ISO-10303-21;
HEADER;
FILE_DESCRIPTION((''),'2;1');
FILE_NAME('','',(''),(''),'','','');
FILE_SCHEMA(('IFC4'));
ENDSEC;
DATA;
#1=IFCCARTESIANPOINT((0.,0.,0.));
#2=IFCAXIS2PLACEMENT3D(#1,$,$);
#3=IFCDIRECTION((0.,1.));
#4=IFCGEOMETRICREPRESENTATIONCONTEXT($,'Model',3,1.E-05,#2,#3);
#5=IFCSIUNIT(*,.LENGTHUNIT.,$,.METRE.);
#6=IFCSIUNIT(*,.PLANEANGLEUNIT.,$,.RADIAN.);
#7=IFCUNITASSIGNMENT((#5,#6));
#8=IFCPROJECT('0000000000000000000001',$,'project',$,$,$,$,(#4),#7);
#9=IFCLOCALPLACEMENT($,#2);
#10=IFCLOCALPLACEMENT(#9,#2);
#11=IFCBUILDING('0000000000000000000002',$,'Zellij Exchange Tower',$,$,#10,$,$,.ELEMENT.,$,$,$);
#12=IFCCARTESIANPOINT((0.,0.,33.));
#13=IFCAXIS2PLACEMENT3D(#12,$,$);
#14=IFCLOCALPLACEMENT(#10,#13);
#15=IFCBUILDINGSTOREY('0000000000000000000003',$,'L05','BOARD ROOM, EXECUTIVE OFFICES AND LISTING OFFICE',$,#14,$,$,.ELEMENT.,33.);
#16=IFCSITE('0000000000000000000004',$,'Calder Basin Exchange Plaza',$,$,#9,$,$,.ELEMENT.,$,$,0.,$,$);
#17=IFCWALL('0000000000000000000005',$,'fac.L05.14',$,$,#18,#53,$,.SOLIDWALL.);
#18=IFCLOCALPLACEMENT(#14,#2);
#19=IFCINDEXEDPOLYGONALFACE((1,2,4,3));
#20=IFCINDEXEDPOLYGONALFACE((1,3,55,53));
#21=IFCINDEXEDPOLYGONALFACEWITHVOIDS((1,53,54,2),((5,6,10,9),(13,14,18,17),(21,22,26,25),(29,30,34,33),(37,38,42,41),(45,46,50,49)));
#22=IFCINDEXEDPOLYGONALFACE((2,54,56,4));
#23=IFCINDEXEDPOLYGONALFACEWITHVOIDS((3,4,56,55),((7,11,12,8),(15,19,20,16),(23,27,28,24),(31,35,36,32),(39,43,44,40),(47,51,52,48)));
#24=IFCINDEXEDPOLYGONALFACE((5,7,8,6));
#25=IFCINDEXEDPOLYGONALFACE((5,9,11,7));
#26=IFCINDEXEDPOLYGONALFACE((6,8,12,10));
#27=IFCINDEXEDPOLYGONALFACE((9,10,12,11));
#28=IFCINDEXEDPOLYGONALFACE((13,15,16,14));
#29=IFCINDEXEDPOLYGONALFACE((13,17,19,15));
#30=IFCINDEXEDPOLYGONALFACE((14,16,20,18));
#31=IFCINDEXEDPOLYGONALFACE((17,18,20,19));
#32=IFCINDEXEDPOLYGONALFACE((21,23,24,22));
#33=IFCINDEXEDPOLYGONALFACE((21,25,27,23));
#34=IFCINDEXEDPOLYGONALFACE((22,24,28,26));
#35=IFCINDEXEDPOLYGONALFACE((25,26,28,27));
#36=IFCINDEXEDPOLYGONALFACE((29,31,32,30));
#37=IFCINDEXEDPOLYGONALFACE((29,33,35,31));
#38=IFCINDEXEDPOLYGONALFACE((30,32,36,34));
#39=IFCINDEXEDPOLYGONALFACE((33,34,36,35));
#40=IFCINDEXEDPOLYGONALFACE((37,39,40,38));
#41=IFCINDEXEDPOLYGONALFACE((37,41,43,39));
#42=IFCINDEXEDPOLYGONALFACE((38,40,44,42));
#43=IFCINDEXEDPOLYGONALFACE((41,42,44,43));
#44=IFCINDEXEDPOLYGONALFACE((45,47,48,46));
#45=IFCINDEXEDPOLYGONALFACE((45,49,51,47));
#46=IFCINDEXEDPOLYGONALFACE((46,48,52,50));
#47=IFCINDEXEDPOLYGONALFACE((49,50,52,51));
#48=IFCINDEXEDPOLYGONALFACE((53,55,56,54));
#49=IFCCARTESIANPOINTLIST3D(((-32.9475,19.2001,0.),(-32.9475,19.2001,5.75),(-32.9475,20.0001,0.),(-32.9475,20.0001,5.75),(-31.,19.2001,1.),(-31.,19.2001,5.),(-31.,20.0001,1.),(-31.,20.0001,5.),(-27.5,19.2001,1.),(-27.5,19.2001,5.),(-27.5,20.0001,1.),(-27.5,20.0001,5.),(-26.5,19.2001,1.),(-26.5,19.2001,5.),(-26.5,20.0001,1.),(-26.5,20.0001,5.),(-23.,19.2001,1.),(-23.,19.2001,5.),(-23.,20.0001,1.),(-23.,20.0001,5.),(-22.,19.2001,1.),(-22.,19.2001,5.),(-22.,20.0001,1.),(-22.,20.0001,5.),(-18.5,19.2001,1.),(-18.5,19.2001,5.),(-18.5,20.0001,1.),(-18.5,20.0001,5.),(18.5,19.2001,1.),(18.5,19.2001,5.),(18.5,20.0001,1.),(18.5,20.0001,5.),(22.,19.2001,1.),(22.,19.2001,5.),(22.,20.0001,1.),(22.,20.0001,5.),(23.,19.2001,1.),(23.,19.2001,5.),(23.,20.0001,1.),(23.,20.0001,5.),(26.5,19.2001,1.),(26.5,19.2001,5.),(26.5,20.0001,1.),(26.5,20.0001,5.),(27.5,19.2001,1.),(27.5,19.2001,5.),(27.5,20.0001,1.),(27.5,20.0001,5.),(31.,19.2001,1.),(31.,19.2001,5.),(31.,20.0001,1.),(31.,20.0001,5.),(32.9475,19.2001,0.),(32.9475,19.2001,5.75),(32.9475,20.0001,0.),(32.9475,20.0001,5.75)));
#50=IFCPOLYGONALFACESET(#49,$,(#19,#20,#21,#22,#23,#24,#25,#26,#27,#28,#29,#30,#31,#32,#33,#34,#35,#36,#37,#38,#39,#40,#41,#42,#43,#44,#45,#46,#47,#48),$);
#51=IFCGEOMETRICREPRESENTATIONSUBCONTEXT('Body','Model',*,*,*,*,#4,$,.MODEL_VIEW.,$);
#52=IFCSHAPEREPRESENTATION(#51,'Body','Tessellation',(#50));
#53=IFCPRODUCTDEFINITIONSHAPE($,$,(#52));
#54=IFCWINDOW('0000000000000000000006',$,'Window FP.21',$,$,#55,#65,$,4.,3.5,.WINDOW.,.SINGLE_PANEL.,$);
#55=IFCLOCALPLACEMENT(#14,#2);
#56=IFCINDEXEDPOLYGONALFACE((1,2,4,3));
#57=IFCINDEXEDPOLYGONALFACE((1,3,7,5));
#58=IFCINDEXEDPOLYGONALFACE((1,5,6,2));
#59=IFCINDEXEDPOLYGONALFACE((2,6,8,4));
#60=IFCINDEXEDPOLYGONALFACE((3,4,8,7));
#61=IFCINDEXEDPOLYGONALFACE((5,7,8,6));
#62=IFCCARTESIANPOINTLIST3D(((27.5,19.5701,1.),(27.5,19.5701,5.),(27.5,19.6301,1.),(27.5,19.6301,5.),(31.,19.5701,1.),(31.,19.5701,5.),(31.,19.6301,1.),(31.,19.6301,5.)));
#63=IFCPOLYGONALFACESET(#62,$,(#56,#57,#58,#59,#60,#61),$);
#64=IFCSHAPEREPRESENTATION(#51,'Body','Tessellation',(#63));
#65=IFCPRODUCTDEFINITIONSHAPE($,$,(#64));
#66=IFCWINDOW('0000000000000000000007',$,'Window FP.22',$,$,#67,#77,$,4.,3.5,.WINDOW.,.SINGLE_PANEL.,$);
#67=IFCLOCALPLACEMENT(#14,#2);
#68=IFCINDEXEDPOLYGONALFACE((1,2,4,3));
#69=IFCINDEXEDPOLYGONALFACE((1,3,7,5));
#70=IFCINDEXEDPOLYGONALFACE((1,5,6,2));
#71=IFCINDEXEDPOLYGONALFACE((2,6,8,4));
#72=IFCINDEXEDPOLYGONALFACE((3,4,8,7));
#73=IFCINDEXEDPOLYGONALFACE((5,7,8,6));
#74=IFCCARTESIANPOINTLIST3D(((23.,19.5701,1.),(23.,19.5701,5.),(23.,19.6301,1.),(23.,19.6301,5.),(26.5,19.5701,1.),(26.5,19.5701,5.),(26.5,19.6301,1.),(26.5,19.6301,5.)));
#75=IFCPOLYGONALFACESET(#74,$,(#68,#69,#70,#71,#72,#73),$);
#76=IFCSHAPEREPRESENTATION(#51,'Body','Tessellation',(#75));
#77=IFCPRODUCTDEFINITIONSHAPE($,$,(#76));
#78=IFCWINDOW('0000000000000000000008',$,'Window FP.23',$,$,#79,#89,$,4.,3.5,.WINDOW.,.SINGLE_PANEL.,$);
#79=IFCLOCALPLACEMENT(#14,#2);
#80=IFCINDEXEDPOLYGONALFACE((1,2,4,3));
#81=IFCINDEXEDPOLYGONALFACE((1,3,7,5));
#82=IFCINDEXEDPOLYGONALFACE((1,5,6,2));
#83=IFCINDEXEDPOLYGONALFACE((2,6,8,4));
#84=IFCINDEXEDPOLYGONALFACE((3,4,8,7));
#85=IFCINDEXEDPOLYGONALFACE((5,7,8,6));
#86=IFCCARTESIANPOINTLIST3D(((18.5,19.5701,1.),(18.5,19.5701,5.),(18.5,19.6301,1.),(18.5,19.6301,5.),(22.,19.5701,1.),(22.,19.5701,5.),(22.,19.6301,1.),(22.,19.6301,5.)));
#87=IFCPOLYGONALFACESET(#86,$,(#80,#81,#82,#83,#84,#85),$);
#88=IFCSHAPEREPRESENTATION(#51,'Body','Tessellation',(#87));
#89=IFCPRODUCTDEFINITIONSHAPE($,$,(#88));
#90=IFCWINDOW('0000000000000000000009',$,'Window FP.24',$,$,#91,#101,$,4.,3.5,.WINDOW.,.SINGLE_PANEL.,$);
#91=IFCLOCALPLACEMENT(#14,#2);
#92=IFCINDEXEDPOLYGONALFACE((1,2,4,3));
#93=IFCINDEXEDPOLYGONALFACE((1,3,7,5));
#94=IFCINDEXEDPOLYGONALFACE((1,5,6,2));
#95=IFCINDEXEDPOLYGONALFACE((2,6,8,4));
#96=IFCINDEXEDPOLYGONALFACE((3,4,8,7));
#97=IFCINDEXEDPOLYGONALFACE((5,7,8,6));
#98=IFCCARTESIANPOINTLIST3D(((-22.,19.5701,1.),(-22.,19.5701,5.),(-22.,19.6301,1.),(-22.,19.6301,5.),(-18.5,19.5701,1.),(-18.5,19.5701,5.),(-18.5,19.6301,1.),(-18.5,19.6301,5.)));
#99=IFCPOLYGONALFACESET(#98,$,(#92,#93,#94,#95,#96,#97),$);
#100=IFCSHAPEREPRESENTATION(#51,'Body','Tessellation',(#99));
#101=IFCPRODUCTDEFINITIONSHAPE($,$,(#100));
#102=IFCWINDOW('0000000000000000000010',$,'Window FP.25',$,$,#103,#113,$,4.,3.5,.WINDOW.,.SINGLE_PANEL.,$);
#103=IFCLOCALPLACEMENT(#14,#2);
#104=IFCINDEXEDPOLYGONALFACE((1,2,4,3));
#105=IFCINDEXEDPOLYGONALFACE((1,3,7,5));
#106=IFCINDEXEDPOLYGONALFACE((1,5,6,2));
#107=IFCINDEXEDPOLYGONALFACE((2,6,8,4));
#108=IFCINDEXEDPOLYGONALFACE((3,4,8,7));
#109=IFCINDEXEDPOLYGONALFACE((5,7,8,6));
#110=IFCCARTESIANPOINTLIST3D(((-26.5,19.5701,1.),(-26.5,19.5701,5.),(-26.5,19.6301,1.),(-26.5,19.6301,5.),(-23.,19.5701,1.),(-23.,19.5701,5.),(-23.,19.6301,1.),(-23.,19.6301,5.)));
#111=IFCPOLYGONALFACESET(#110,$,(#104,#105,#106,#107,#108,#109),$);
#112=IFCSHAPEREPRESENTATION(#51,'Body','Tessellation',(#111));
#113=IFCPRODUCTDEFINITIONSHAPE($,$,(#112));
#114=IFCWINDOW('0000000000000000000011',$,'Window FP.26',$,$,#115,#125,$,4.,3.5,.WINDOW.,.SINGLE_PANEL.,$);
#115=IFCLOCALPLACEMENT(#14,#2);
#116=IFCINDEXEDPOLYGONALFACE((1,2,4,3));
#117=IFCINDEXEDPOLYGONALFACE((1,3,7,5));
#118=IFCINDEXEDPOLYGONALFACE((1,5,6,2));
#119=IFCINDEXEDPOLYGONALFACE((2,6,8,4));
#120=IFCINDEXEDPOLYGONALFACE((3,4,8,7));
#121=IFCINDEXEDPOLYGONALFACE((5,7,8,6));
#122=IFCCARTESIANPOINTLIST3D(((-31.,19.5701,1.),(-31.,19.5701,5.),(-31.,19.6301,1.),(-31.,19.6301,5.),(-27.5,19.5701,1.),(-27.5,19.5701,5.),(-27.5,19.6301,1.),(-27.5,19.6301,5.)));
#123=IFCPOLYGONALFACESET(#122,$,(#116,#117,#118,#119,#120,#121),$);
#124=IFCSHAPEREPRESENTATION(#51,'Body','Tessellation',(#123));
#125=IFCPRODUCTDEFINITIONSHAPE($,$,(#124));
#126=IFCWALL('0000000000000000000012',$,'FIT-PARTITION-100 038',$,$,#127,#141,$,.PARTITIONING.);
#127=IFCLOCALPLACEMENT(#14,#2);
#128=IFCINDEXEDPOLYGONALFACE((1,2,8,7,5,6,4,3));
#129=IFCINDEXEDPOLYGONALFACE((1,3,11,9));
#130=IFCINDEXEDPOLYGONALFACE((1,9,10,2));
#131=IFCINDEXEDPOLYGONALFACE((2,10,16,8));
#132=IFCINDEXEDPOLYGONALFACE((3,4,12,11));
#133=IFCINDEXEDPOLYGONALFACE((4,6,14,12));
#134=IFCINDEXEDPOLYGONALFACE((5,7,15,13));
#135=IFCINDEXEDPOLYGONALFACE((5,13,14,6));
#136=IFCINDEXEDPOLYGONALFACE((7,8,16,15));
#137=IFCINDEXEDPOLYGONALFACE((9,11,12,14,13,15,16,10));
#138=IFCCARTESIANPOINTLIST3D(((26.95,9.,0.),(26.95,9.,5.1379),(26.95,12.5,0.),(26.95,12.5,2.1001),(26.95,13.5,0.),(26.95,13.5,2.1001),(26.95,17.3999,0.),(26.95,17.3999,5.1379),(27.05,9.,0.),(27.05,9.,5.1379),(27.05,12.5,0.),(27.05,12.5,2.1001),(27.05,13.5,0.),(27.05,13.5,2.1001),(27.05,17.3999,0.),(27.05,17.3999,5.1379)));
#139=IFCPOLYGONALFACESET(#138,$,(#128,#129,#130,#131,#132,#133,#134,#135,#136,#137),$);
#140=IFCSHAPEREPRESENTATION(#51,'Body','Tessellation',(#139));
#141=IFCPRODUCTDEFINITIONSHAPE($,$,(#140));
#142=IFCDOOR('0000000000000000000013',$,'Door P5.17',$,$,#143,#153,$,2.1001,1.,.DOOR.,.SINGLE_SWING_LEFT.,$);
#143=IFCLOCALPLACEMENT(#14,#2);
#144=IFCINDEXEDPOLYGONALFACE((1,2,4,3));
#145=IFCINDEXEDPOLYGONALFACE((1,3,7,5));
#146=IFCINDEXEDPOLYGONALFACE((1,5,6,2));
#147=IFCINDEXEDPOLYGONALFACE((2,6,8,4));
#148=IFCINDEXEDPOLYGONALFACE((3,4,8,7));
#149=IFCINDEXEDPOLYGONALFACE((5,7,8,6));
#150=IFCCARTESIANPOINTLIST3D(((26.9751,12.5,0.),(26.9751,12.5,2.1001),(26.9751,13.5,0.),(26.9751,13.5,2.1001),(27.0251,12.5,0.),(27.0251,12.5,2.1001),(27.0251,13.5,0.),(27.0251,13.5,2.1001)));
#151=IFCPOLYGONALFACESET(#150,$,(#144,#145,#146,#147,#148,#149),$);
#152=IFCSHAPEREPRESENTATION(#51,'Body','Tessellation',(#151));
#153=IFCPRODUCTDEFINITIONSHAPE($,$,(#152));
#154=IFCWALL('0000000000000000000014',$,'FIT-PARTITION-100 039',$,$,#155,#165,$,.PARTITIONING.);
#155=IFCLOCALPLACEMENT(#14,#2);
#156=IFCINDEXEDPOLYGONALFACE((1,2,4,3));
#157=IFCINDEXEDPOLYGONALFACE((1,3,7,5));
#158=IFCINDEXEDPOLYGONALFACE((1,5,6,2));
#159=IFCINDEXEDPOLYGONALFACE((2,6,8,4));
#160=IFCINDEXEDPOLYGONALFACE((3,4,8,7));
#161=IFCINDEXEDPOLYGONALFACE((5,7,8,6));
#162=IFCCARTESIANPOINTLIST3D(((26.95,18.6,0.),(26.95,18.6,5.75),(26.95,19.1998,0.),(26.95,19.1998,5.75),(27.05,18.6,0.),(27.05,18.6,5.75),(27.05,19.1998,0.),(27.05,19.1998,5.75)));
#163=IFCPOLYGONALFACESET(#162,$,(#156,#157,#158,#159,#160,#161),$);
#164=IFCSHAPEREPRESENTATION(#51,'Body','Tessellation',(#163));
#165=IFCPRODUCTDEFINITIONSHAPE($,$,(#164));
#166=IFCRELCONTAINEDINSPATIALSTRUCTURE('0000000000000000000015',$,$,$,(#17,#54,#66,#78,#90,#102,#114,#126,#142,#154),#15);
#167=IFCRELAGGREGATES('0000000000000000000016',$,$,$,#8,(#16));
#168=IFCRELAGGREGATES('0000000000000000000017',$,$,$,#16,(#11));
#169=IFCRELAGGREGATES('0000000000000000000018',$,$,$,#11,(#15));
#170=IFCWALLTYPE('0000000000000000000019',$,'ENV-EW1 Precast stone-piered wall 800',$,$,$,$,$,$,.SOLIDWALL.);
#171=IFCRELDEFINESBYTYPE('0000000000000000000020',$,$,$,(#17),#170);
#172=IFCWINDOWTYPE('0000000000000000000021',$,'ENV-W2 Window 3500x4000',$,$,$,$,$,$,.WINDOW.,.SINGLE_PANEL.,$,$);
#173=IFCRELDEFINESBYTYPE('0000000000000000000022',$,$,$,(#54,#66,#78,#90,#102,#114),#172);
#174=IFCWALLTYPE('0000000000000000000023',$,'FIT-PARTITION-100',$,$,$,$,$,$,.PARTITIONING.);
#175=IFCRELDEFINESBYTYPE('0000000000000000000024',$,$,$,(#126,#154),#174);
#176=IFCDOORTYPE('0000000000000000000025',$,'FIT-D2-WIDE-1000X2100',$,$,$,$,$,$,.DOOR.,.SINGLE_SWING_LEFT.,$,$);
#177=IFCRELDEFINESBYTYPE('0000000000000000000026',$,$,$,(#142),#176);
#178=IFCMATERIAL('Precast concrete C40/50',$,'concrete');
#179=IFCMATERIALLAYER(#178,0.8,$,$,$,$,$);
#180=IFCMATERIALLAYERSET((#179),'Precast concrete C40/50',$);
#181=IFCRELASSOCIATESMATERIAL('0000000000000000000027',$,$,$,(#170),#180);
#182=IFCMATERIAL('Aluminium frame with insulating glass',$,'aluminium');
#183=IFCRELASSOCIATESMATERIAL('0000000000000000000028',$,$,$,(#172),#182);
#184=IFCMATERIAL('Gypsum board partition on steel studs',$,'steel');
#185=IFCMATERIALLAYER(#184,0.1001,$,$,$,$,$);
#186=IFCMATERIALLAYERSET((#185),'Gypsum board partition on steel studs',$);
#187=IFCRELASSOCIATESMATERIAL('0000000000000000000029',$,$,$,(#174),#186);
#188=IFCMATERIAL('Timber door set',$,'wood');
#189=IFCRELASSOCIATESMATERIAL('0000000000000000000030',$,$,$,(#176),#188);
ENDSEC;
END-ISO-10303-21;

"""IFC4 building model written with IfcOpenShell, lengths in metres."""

from ifc_helpers import new_model, si_unit, direction, frame, frame_2d, origin, place, context, subcontext, project, spatial, rectangle, extrude, material, layer, layer_set, type_object, element, fill, save


model = new_model("IFC4")

# Units and contexts
model_context = context("Model", 3, precision=1e-05, world=origin(), true_north=direction((0.0, 1.0)))
body_context = subcontext(model_context, "Body", "Model", "MODEL_VIEW")
ifc_project = project(units=[si_unit("LENGTHUNIT", "METRE"), si_unit("PLANEANGLEUNIT", "RADIAN")], contexts=[model_context])

# Site, building, storey
site_placement = place(None, origin())
site = spatial("IfcSite", under=ifc_project, at=site_placement, Name="Calder Basin Exchange Plaza", CompositionType="ELEMENT", RefElevation=0.0)
building_placement = place(site_placement, origin())
building = spatial("IfcBuilding", under=site, at=building_placement, Name="Zellij Exchange Tower", CompositionType="ELEMENT")
storey_placement = place(building_placement, frame((0.0, 0.0, 33.0)))
storey = spatial("IfcBuildingStorey", under=building, at=storey_placement, Name="L05", Description="BOARD ROOM, EXECUTIVE OFFICES AND LISTING OFFICE", CompositionType="ELEMENT", Elevation=33.0)

# Shared definitions
ifc_material_1 = material(Name="Precast concrete C40/50", Category="concrete")
ifc_layer_1 = layer(ifc_material_1, 0.8)
ifc_layer_set_1 = layer_set([ifc_layer_1], Name="Precast concrete C40/50")
wall_type_1 = type_object("IfcWallType", Name="ENV-EW1 Precast stone-piered wall 800", PredefinedType="SOLIDWALL", material=ifc_layer_set_1)

# Wall, openings, windows
wall_1_placement = place(storey_placement, frame((32.9475, 19.6001, 0.0), z_axis=(0.0, 0.0, 1.0), x_axis=(-1.0, 0.0, 0.0)))
wall_1 = element("IfcWall", 1, at=wall_1_placement, inside=storey, type_object=wall_type_1, Name="fac.L05.14", PredefinedType="SOLIDWALL", context=body_context, shape_type="SweptSolid", body=[
    extrude(rectangle(XDim=65.895, YDim=0.8, at=frame_2d((32.9475, 0.0))), origin(), (0.0, 0.0, 1.0), 5.75),
])
opening_1_placement = place(wall_1_placement, frame((1.9475, 0.0, 1.0)))
opening_1 = element("IfcOpeningElement", 2, at=opening_1_placement, cuts=wall_1, PredefinedType="OPENING", context=body_context, shape_type="SweptSolid", body=[
    extrude(rectangle(XDim=3.5, YDim=4.0, at=frame_2d((1.75, 2.0))), frame((0.0, 0.4121, 0.0), z_axis=(0.0, -1.0, 0.0), x_axis=(1.0, 0.0, 0.0)), (0.0, 0.0, 1.0), 0.824),
])
opening_2_placement = place(wall_1_placement, frame((6.4475, 0.0, 1.0)))
opening_2 = element("IfcOpeningElement", 3, at=opening_2_placement, cuts=wall_1, PredefinedType="OPENING", context=body_context, shape_type="SweptSolid", body=[
    extrude(rectangle(XDim=3.5, YDim=4.0, at=frame_2d((1.75, 2.0))), frame((0.0, 0.4121, 0.0), z_axis=(0.0, -1.0, 0.0), x_axis=(1.0, 0.0, 0.0)), (0.0, 0.0, 1.0), 0.824),
])
opening_3_placement = place(wall_1_placement, frame((10.9475, 0.0, 1.0)))
opening_3 = element("IfcOpeningElement", 4, at=opening_3_placement, cuts=wall_1, PredefinedType="OPENING", context=body_context, shape_type="SweptSolid", body=[
    extrude(rectangle(XDim=3.5, YDim=4.0, at=frame_2d((1.75, 2.0))), frame((0.0, 0.4121, 0.0), z_axis=(0.0, -1.0, 0.0), x_axis=(1.0, 0.0, 0.0)), (0.0, 0.0, 1.0), 0.824),
])
opening_4_placement = place(wall_1_placement, frame((51.4475, 0.0, 1.0)))
opening_4 = element("IfcOpeningElement", 5, at=opening_4_placement, cuts=wall_1, PredefinedType="OPENING", context=body_context, shape_type="SweptSolid", body=[
    extrude(rectangle(XDim=3.5, YDim=4.0, at=frame_2d((1.75, 2.0))), frame((0.0, 0.4121, 0.0), z_axis=(0.0, -1.0, 0.0), x_axis=(1.0, 0.0, 0.0)), (0.0, 0.0, 1.0), 0.824),
])
opening_5_placement = place(wall_1_placement, frame((55.9475, 0.0, 1.0)))
opening_5 = element("IfcOpeningElement", 6, at=opening_5_placement, cuts=wall_1, PredefinedType="OPENING", context=body_context, shape_type="SweptSolid", body=[
    extrude(rectangle(XDim=3.5, YDim=4.0, at=frame_2d((1.75, 2.0))), frame((0.0, 0.4121, 0.0), z_axis=(0.0, -1.0, 0.0), x_axis=(1.0, 0.0, 0.0)), (0.0, 0.0, 1.0), 0.824),
])
opening_6_placement = place(wall_1_placement, frame((60.4475, 0.0, 1.0)))
opening_6 = element("IfcOpeningElement", 7, at=opening_6_placement, cuts=wall_1, PredefinedType="OPENING", context=body_context, shape_type="SweptSolid", body=[
    extrude(rectangle(XDim=3.5, YDim=4.0, at=frame_2d((1.75, 2.0))), frame((0.0, 0.4121, 0.0), z_axis=(0.0, -1.0, 0.0), x_axis=(1.0, 0.0, 0.0)), (0.0, 0.0, 1.0), 0.824),
])
ifc_material_2 = material(Name="Aluminium frame with insulating glass", Category="aluminium")
window_type = type_object("IfcWindowType", Name="ENV-W2 Window 3500x4000", PartitioningType="SINGLE_PANEL", PredefinedType="WINDOW", material=ifc_material_2)
window_1_placement = place(opening_1_placement, origin())
window_1 = element("IfcWindow", 8, at=window_1_placement, inside=storey, type_object=window_type, Name="Window FP.21", OverallHeight=4.0, OverallWidth=3.5, PartitioningType="SINGLE_PANEL", PredefinedType="WINDOW", context=body_context, shape_type="SweptSolid", body=[
    extrude(rectangle(XDim=3.5, YDim=4.0, at=frame_2d((1.75, 2.0))), frame((0.0, 0.03, 0.0), z_axis=(0.0, -1.0, 0.0), x_axis=(1.0, 0.0, 0.0)), (0.0, 0.0, 1.0), 0.0601),
])
fill(opening_1, window_1)
window_2_placement = place(opening_2_placement, origin())
window_2 = element("IfcWindow", 9, at=window_2_placement, inside=storey, type_object=window_type, Name="Window FP.22", OverallHeight=4.0, OverallWidth=3.5, PartitioningType="SINGLE_PANEL", PredefinedType="WINDOW", context=body_context, shape_type="SweptSolid", body=[
    extrude(rectangle(XDim=3.5, YDim=4.0, at=frame_2d((1.75, 2.0))), frame((0.0, 0.03, 0.0), z_axis=(0.0, -1.0, 0.0), x_axis=(1.0, 0.0, 0.0)), (0.0, 0.0, 1.0), 0.0601),
])
fill(opening_2, window_2)
window_3_placement = place(opening_3_placement, origin())
window_3 = element("IfcWindow", 10, at=window_3_placement, inside=storey, type_object=window_type, Name="Window FP.23", OverallHeight=4.0, OverallWidth=3.5, PartitioningType="SINGLE_PANEL", PredefinedType="WINDOW", context=body_context, shape_type="SweptSolid", body=[
    extrude(rectangle(XDim=3.5, YDim=4.0, at=frame_2d((1.75, 2.0))), frame((0.0, 0.03, 0.0), z_axis=(0.0, -1.0, 0.0), x_axis=(1.0, 0.0, 0.0)), (0.0, 0.0, 1.0), 0.0601),
])
fill(opening_3, window_3)
window_4_placement = place(opening_4_placement, origin())
window_4 = element("IfcWindow", 11, at=window_4_placement, inside=storey, type_object=window_type, Name="Window FP.24", OverallHeight=4.0, OverallWidth=3.5, PartitioningType="SINGLE_PANEL", PredefinedType="WINDOW", context=body_context, shape_type="SweptSolid", body=[
    extrude(rectangle(XDim=3.5, YDim=4.0, at=frame_2d((1.75, 2.0))), frame((0.0, 0.03, 0.0), z_axis=(0.0, -1.0, 0.0), x_axis=(1.0, 0.0, 0.0)), (0.0, 0.0, 1.0), 0.0601),
])
fill(opening_4, window_4)
window_5_placement = place(opening_5_placement, origin())
window_5 = element("IfcWindow", 12, at=window_5_placement, inside=storey, type_object=window_type, Name="Window FP.25", OverallHeight=4.0, OverallWidth=3.5, PartitioningType="SINGLE_PANEL", PredefinedType="WINDOW", context=body_context, shape_type="SweptSolid", body=[
    extrude(rectangle(XDim=3.5, YDim=4.0, at=frame_2d((1.75, 2.0))), frame((0.0, 0.03, 0.0), z_axis=(0.0, -1.0, 0.0), x_axis=(1.0, 0.0, 0.0)), (0.0, 0.0, 1.0), 0.0601),
])
fill(opening_5, window_5)
window_6_placement = place(opening_6_placement, origin())
window_6 = element("IfcWindow", 13, at=window_6_placement, inside=storey, type_object=window_type, Name="Window FP.26", OverallHeight=4.0, OverallWidth=3.5, PartitioningType="SINGLE_PANEL", PredefinedType="WINDOW", context=body_context, shape_type="SweptSolid", body=[
    extrude(rectangle(XDim=3.5, YDim=4.0, at=frame_2d((1.75, 2.0))), frame((0.0, 0.03, 0.0), z_axis=(0.0, -1.0, 0.0), x_axis=(1.0, 0.0, 0.0)), (0.0, 0.0, 1.0), 0.0601),
])
fill(opening_6, window_6)

# Wall, opening, door
ifc_material_3 = material(Name="Gypsum board partition on steel studs", Category="steel")
ifc_layer_2 = layer(ifc_material_3, 0.1001)
ifc_layer_set_2 = layer_set([ifc_layer_2], Name="Gypsum board partition on steel studs")
wall_type_2 = type_object("IfcWallType", Name="FIT-PARTITION-100", PredefinedType="PARTITIONING", material=ifc_layer_set_2)
wall_2_placement = place(storey_placement, frame((27.0, 9.0, 0.0), z_axis=(0.0, 0.0, 1.0), x_axis=(0.0, 1.0, 0.0)))
wall_2 = element("IfcWall", 14, at=wall_2_placement, inside=storey, type_object=wall_type_2, Name="FIT-PARTITION-100 038", PredefinedType="PARTITIONING", context=body_context, shape_type="SweptSolid", body=[
    extrude(rectangle(XDim=8.3999, YDim=0.1001, at=frame_2d((4.2, 0.0))), origin(), (0.0, 0.0, 1.0), 5.1379),
])
opening_7_placement = place(wall_2_placement, frame((3.5, 0.0, 0.0)))
opening_7 = element("IfcOpeningElement", 15, at=opening_7_placement, cuts=wall_2, PredefinedType="OPENING", context=body_context, shape_type="SweptSolid", body=[
    extrude(rectangle(XDim=1.0, YDim=2.1001, at=frame_2d((0.5, 1.05))), frame((0.0, 0.062, 0.0), z_axis=(0.0, -1.0, 0.0), x_axis=(1.0, 0.0, 0.0)), (0.0, 0.0, 1.0), 0.124),
])
ifc_material_4 = material(Name="Timber door set", Category="wood")
door_type = type_object("IfcDoorType", Name="FIT-D2-WIDE-1000X2100", OperationType="SINGLE_SWING_LEFT", PredefinedType="DOOR", material=ifc_material_4)
door_placement = place(opening_7_placement, origin())
door = element("IfcDoor", 16, at=door_placement, inside=storey, type_object=door_type, Name="Door P5.17", OperationType="SINGLE_SWING_LEFT", OverallHeight=2.1001, OverallWidth=1.0, PredefinedType="DOOR", context=body_context, shape_type="SweptSolid", body=[
    extrude(rectangle(XDim=1.0, YDim=2.1001, at=frame_2d((0.5, 1.05))), frame((0.0, 0.0249, 0.0), z_axis=(0.0, -1.0, 0.0), x_axis=(1.0, 0.0, 0.0)), (0.0, 0.0, 1.0), 0.05),
])
fill(opening_7, door)

# Wall
wall_3_placement = place(storey_placement, frame((27.0, 18.6001, 0.0), z_axis=(0.0, 0.0, 1.0), x_axis=(0.0, 1.0, 0.0)))
element("IfcWall", 17, at=wall_3_placement, inside=storey, type_object=wall_type_2, Name="FIT-PARTITION-100 039", PredefinedType="PARTITIONING", context=body_context, shape_type="SweptSolid", body=[
    extrude(rectangle(XDim=0.5999, YDim=0.1001, at=frame_2d((0.2998, 0.0))), origin(), (0.0, 0.0, 1.0), 5.75),
])

save(model, "model.ifc")
